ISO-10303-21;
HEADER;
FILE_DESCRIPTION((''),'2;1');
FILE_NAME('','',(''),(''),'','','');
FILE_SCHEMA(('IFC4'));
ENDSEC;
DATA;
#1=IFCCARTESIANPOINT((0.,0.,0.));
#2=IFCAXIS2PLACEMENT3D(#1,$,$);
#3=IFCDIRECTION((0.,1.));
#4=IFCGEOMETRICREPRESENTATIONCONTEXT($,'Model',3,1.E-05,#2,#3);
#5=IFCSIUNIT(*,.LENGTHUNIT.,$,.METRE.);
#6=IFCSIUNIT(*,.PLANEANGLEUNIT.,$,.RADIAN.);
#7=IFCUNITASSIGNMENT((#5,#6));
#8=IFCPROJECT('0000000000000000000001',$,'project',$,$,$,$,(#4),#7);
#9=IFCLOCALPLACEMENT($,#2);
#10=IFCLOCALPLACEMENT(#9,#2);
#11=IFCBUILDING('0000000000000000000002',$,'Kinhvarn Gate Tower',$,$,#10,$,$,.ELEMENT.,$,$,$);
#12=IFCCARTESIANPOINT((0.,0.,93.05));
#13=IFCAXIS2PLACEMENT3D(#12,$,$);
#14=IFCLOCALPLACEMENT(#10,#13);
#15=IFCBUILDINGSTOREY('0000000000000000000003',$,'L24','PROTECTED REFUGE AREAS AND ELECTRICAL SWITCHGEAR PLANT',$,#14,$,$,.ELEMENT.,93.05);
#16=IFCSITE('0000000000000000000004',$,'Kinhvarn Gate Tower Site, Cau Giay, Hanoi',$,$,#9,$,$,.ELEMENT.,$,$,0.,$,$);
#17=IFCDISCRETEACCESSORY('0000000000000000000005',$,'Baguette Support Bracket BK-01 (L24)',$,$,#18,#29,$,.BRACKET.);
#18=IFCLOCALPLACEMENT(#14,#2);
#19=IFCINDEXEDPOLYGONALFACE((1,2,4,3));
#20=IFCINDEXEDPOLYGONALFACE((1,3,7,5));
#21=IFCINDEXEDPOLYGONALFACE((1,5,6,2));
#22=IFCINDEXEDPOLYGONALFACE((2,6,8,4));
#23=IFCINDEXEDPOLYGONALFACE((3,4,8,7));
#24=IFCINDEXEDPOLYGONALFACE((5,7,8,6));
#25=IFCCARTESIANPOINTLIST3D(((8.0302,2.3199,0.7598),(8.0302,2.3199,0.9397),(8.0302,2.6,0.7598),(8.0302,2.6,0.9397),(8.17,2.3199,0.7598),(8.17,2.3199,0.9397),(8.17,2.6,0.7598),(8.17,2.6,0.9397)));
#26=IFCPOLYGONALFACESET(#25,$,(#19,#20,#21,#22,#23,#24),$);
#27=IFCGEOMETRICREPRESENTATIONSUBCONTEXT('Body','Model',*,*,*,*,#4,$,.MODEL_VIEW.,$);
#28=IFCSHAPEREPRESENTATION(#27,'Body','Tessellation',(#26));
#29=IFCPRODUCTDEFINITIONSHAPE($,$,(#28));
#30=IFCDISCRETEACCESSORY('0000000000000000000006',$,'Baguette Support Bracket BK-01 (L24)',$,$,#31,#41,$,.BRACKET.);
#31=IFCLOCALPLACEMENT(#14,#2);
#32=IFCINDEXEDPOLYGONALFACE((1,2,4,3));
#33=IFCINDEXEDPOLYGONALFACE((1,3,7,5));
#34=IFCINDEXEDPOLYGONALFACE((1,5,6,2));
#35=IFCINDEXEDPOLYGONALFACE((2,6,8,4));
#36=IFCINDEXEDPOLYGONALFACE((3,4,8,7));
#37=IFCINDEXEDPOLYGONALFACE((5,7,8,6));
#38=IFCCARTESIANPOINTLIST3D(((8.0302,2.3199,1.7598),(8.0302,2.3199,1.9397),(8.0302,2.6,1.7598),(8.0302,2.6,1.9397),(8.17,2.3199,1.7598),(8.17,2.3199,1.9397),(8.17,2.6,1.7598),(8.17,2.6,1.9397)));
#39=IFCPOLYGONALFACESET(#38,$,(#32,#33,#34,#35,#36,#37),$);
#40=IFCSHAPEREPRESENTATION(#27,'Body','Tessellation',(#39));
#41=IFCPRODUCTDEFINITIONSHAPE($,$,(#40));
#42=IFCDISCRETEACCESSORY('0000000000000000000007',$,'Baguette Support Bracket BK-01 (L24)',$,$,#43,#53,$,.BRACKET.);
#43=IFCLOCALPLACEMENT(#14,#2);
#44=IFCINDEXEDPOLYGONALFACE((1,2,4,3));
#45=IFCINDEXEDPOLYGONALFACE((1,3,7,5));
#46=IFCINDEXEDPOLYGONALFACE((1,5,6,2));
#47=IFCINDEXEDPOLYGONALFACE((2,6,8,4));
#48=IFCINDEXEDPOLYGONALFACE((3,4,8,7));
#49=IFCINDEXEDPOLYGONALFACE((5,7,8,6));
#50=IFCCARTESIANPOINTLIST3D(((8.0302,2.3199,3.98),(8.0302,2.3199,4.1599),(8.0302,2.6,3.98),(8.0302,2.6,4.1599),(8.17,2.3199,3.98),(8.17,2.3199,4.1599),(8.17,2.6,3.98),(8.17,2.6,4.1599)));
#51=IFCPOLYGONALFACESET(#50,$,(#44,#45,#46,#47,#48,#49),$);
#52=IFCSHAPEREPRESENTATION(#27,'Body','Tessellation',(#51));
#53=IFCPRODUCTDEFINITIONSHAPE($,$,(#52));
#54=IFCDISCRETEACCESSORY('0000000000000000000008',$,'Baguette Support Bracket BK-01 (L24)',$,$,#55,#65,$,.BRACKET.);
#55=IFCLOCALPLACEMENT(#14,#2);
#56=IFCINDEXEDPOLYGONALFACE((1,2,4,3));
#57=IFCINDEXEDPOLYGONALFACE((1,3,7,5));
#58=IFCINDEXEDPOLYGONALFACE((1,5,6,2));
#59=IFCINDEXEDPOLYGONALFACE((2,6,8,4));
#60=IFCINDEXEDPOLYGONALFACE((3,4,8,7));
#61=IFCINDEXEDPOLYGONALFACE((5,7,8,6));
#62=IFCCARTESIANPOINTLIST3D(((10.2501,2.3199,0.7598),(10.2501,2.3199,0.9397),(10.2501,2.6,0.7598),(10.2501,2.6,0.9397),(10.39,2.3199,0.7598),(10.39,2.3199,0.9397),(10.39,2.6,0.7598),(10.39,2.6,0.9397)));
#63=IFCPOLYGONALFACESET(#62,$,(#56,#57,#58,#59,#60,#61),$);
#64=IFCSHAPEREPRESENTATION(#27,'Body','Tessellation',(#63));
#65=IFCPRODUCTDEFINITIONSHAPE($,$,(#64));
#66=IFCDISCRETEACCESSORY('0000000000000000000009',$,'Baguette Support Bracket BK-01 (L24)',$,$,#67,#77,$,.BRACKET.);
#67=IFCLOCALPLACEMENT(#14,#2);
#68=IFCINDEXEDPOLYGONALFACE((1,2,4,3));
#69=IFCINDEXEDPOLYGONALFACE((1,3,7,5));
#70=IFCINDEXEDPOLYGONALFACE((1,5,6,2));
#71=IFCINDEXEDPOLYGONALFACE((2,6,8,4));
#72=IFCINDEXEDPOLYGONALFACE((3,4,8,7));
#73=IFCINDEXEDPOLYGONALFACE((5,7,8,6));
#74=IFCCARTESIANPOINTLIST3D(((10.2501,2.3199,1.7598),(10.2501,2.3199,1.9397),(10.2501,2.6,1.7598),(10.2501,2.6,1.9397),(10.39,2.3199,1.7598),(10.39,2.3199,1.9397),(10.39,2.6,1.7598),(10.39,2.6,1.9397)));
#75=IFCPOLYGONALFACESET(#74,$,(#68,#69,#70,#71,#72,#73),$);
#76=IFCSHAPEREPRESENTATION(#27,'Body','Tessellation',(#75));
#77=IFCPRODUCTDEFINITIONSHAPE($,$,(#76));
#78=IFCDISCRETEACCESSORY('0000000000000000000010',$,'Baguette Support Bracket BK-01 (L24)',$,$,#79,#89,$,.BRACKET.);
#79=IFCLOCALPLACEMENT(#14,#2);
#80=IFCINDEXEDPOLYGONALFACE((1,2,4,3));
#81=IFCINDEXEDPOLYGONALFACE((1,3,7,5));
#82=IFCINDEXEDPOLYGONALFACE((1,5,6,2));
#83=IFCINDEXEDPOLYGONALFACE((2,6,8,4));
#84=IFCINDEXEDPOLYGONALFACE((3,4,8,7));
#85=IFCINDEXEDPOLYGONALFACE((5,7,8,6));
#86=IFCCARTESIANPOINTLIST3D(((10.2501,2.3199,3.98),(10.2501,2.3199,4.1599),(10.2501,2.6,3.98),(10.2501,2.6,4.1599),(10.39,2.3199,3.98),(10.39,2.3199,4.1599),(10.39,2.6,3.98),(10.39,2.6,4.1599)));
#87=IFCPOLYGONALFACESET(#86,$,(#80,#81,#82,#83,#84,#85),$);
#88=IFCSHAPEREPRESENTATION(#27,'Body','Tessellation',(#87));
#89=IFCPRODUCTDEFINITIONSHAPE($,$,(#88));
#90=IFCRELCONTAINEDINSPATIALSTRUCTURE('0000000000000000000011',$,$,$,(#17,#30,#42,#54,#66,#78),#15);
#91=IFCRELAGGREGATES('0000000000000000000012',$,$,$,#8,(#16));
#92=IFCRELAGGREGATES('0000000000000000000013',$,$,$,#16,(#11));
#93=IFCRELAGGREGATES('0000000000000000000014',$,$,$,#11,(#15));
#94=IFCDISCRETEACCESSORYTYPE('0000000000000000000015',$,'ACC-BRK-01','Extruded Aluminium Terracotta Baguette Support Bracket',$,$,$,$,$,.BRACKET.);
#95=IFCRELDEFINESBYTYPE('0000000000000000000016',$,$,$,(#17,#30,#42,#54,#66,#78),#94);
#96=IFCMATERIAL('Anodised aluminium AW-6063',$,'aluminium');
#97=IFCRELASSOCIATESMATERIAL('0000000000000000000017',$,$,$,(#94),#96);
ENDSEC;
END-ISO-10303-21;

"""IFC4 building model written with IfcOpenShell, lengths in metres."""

from ifc_helpers import new_model, si_unit, direction, frame, origin, origin_2d, place, context, subcontext, project, spatial, rectangle, extrude, material, type_object, element, save


model = new_model("IFC4")

# Units and contexts
model_context = context("Model", 3, precision=1e-05, world=origin(), true_north=direction((0.0, 1.0)))
body_context = subcontext(model_context, "Body", "Model", "MODEL_VIEW")
ifc_project = project(units=[si_unit("LENGTHUNIT", "METRE"), si_unit("PLANEANGLEUNIT", "RADIAN")], contexts=[model_context])

# Site, building, storey
site_placement = place(None, origin())
site = spatial("IfcSite", under=ifc_project, at=site_placement, Name="Kinhvarn Gate Tower Site, Cau Giay, Hanoi", CompositionType="ELEMENT", RefElevation=0.0)
building_placement = place(site_placement, origin())
building = spatial("IfcBuilding", under=site, at=building_placement, Name="Kinhvarn Gate Tower", CompositionType="ELEMENT")
storey_placement = place(building_placement, frame((0.0, 0.0, 93.05)))
storey = spatial("IfcBuildingStorey", under=building, at=storey_placement, Name="L24", Description="PROTECTED REFUGE AREAS AND ELECTRICAL SWITCHGEAR PLANT", CompositionType="ELEMENT", Elevation=93.05)

# Shared definitions
ifc_material_1 = material(Name="Anodised aluminium AW-6063", Category="aluminium")

# Discrete accessories
discrete_accessory_type = type_object("IfcDiscreteAccessoryType", Name="ACC-BRK-01", Description="Extruded Aluminium Terracotta Baguette Support Bracket", PredefinedType="BRACKET", material=ifc_material_1)
for number, where, z_axis, x_axis, name in (
    (1, (8.1001, 2.46, 0.7598), (0.0, 0.0, 1.0), (1.0, 0.0, 0.0), "Baguette Support Bracket BK-01 (L24)"),
    (2, (8.1001, 2.46, 1.7598), (0.0, 0.0, 1.0), (1.0, 0.0, 0.0), "Baguette Support Bracket BK-01 (L24)"),
    (3, (8.1001, 2.46, 3.98), (0.0, 0.0, 1.0), (1.0, 0.0, 0.0), "Baguette Support Bracket BK-01 (L24)"),
    (4, (10.3201, 2.46, 0.7598), (0.0, 0.0, 1.0), (1.0, 0.0, 0.0), "Baguette Support Bracket BK-01 (L24)"),
    (5, (10.3201, 2.46, 1.7598), (0.0, 0.0, 1.0), (1.0, 0.0, 0.0), "Baguette Support Bracket BK-01 (L24)"),
    (6, (10.3201, 2.46, 3.98), (0.0, 0.0, 1.0), (1.0, 0.0, 0.0), "Baguette Support Bracket BK-01 (L24)"),
):
    element("IfcDiscreteAccessory", number, at=place(storey_placement, frame(where, z_axis=z_axis, x_axis=x_axis)), inside=storey, type_object=discrete_accessory_type, Name=name, PredefinedType="BRACKET", context=body_context, shape_type="SweptSolid", body=[
        extrude(rectangle(XDim=0.1399, YDim=0.28, at=origin_2d()), origin(), (0.0, 0.0, 1.0), 0.1799),
    ])

save(model, "model.ifc")
